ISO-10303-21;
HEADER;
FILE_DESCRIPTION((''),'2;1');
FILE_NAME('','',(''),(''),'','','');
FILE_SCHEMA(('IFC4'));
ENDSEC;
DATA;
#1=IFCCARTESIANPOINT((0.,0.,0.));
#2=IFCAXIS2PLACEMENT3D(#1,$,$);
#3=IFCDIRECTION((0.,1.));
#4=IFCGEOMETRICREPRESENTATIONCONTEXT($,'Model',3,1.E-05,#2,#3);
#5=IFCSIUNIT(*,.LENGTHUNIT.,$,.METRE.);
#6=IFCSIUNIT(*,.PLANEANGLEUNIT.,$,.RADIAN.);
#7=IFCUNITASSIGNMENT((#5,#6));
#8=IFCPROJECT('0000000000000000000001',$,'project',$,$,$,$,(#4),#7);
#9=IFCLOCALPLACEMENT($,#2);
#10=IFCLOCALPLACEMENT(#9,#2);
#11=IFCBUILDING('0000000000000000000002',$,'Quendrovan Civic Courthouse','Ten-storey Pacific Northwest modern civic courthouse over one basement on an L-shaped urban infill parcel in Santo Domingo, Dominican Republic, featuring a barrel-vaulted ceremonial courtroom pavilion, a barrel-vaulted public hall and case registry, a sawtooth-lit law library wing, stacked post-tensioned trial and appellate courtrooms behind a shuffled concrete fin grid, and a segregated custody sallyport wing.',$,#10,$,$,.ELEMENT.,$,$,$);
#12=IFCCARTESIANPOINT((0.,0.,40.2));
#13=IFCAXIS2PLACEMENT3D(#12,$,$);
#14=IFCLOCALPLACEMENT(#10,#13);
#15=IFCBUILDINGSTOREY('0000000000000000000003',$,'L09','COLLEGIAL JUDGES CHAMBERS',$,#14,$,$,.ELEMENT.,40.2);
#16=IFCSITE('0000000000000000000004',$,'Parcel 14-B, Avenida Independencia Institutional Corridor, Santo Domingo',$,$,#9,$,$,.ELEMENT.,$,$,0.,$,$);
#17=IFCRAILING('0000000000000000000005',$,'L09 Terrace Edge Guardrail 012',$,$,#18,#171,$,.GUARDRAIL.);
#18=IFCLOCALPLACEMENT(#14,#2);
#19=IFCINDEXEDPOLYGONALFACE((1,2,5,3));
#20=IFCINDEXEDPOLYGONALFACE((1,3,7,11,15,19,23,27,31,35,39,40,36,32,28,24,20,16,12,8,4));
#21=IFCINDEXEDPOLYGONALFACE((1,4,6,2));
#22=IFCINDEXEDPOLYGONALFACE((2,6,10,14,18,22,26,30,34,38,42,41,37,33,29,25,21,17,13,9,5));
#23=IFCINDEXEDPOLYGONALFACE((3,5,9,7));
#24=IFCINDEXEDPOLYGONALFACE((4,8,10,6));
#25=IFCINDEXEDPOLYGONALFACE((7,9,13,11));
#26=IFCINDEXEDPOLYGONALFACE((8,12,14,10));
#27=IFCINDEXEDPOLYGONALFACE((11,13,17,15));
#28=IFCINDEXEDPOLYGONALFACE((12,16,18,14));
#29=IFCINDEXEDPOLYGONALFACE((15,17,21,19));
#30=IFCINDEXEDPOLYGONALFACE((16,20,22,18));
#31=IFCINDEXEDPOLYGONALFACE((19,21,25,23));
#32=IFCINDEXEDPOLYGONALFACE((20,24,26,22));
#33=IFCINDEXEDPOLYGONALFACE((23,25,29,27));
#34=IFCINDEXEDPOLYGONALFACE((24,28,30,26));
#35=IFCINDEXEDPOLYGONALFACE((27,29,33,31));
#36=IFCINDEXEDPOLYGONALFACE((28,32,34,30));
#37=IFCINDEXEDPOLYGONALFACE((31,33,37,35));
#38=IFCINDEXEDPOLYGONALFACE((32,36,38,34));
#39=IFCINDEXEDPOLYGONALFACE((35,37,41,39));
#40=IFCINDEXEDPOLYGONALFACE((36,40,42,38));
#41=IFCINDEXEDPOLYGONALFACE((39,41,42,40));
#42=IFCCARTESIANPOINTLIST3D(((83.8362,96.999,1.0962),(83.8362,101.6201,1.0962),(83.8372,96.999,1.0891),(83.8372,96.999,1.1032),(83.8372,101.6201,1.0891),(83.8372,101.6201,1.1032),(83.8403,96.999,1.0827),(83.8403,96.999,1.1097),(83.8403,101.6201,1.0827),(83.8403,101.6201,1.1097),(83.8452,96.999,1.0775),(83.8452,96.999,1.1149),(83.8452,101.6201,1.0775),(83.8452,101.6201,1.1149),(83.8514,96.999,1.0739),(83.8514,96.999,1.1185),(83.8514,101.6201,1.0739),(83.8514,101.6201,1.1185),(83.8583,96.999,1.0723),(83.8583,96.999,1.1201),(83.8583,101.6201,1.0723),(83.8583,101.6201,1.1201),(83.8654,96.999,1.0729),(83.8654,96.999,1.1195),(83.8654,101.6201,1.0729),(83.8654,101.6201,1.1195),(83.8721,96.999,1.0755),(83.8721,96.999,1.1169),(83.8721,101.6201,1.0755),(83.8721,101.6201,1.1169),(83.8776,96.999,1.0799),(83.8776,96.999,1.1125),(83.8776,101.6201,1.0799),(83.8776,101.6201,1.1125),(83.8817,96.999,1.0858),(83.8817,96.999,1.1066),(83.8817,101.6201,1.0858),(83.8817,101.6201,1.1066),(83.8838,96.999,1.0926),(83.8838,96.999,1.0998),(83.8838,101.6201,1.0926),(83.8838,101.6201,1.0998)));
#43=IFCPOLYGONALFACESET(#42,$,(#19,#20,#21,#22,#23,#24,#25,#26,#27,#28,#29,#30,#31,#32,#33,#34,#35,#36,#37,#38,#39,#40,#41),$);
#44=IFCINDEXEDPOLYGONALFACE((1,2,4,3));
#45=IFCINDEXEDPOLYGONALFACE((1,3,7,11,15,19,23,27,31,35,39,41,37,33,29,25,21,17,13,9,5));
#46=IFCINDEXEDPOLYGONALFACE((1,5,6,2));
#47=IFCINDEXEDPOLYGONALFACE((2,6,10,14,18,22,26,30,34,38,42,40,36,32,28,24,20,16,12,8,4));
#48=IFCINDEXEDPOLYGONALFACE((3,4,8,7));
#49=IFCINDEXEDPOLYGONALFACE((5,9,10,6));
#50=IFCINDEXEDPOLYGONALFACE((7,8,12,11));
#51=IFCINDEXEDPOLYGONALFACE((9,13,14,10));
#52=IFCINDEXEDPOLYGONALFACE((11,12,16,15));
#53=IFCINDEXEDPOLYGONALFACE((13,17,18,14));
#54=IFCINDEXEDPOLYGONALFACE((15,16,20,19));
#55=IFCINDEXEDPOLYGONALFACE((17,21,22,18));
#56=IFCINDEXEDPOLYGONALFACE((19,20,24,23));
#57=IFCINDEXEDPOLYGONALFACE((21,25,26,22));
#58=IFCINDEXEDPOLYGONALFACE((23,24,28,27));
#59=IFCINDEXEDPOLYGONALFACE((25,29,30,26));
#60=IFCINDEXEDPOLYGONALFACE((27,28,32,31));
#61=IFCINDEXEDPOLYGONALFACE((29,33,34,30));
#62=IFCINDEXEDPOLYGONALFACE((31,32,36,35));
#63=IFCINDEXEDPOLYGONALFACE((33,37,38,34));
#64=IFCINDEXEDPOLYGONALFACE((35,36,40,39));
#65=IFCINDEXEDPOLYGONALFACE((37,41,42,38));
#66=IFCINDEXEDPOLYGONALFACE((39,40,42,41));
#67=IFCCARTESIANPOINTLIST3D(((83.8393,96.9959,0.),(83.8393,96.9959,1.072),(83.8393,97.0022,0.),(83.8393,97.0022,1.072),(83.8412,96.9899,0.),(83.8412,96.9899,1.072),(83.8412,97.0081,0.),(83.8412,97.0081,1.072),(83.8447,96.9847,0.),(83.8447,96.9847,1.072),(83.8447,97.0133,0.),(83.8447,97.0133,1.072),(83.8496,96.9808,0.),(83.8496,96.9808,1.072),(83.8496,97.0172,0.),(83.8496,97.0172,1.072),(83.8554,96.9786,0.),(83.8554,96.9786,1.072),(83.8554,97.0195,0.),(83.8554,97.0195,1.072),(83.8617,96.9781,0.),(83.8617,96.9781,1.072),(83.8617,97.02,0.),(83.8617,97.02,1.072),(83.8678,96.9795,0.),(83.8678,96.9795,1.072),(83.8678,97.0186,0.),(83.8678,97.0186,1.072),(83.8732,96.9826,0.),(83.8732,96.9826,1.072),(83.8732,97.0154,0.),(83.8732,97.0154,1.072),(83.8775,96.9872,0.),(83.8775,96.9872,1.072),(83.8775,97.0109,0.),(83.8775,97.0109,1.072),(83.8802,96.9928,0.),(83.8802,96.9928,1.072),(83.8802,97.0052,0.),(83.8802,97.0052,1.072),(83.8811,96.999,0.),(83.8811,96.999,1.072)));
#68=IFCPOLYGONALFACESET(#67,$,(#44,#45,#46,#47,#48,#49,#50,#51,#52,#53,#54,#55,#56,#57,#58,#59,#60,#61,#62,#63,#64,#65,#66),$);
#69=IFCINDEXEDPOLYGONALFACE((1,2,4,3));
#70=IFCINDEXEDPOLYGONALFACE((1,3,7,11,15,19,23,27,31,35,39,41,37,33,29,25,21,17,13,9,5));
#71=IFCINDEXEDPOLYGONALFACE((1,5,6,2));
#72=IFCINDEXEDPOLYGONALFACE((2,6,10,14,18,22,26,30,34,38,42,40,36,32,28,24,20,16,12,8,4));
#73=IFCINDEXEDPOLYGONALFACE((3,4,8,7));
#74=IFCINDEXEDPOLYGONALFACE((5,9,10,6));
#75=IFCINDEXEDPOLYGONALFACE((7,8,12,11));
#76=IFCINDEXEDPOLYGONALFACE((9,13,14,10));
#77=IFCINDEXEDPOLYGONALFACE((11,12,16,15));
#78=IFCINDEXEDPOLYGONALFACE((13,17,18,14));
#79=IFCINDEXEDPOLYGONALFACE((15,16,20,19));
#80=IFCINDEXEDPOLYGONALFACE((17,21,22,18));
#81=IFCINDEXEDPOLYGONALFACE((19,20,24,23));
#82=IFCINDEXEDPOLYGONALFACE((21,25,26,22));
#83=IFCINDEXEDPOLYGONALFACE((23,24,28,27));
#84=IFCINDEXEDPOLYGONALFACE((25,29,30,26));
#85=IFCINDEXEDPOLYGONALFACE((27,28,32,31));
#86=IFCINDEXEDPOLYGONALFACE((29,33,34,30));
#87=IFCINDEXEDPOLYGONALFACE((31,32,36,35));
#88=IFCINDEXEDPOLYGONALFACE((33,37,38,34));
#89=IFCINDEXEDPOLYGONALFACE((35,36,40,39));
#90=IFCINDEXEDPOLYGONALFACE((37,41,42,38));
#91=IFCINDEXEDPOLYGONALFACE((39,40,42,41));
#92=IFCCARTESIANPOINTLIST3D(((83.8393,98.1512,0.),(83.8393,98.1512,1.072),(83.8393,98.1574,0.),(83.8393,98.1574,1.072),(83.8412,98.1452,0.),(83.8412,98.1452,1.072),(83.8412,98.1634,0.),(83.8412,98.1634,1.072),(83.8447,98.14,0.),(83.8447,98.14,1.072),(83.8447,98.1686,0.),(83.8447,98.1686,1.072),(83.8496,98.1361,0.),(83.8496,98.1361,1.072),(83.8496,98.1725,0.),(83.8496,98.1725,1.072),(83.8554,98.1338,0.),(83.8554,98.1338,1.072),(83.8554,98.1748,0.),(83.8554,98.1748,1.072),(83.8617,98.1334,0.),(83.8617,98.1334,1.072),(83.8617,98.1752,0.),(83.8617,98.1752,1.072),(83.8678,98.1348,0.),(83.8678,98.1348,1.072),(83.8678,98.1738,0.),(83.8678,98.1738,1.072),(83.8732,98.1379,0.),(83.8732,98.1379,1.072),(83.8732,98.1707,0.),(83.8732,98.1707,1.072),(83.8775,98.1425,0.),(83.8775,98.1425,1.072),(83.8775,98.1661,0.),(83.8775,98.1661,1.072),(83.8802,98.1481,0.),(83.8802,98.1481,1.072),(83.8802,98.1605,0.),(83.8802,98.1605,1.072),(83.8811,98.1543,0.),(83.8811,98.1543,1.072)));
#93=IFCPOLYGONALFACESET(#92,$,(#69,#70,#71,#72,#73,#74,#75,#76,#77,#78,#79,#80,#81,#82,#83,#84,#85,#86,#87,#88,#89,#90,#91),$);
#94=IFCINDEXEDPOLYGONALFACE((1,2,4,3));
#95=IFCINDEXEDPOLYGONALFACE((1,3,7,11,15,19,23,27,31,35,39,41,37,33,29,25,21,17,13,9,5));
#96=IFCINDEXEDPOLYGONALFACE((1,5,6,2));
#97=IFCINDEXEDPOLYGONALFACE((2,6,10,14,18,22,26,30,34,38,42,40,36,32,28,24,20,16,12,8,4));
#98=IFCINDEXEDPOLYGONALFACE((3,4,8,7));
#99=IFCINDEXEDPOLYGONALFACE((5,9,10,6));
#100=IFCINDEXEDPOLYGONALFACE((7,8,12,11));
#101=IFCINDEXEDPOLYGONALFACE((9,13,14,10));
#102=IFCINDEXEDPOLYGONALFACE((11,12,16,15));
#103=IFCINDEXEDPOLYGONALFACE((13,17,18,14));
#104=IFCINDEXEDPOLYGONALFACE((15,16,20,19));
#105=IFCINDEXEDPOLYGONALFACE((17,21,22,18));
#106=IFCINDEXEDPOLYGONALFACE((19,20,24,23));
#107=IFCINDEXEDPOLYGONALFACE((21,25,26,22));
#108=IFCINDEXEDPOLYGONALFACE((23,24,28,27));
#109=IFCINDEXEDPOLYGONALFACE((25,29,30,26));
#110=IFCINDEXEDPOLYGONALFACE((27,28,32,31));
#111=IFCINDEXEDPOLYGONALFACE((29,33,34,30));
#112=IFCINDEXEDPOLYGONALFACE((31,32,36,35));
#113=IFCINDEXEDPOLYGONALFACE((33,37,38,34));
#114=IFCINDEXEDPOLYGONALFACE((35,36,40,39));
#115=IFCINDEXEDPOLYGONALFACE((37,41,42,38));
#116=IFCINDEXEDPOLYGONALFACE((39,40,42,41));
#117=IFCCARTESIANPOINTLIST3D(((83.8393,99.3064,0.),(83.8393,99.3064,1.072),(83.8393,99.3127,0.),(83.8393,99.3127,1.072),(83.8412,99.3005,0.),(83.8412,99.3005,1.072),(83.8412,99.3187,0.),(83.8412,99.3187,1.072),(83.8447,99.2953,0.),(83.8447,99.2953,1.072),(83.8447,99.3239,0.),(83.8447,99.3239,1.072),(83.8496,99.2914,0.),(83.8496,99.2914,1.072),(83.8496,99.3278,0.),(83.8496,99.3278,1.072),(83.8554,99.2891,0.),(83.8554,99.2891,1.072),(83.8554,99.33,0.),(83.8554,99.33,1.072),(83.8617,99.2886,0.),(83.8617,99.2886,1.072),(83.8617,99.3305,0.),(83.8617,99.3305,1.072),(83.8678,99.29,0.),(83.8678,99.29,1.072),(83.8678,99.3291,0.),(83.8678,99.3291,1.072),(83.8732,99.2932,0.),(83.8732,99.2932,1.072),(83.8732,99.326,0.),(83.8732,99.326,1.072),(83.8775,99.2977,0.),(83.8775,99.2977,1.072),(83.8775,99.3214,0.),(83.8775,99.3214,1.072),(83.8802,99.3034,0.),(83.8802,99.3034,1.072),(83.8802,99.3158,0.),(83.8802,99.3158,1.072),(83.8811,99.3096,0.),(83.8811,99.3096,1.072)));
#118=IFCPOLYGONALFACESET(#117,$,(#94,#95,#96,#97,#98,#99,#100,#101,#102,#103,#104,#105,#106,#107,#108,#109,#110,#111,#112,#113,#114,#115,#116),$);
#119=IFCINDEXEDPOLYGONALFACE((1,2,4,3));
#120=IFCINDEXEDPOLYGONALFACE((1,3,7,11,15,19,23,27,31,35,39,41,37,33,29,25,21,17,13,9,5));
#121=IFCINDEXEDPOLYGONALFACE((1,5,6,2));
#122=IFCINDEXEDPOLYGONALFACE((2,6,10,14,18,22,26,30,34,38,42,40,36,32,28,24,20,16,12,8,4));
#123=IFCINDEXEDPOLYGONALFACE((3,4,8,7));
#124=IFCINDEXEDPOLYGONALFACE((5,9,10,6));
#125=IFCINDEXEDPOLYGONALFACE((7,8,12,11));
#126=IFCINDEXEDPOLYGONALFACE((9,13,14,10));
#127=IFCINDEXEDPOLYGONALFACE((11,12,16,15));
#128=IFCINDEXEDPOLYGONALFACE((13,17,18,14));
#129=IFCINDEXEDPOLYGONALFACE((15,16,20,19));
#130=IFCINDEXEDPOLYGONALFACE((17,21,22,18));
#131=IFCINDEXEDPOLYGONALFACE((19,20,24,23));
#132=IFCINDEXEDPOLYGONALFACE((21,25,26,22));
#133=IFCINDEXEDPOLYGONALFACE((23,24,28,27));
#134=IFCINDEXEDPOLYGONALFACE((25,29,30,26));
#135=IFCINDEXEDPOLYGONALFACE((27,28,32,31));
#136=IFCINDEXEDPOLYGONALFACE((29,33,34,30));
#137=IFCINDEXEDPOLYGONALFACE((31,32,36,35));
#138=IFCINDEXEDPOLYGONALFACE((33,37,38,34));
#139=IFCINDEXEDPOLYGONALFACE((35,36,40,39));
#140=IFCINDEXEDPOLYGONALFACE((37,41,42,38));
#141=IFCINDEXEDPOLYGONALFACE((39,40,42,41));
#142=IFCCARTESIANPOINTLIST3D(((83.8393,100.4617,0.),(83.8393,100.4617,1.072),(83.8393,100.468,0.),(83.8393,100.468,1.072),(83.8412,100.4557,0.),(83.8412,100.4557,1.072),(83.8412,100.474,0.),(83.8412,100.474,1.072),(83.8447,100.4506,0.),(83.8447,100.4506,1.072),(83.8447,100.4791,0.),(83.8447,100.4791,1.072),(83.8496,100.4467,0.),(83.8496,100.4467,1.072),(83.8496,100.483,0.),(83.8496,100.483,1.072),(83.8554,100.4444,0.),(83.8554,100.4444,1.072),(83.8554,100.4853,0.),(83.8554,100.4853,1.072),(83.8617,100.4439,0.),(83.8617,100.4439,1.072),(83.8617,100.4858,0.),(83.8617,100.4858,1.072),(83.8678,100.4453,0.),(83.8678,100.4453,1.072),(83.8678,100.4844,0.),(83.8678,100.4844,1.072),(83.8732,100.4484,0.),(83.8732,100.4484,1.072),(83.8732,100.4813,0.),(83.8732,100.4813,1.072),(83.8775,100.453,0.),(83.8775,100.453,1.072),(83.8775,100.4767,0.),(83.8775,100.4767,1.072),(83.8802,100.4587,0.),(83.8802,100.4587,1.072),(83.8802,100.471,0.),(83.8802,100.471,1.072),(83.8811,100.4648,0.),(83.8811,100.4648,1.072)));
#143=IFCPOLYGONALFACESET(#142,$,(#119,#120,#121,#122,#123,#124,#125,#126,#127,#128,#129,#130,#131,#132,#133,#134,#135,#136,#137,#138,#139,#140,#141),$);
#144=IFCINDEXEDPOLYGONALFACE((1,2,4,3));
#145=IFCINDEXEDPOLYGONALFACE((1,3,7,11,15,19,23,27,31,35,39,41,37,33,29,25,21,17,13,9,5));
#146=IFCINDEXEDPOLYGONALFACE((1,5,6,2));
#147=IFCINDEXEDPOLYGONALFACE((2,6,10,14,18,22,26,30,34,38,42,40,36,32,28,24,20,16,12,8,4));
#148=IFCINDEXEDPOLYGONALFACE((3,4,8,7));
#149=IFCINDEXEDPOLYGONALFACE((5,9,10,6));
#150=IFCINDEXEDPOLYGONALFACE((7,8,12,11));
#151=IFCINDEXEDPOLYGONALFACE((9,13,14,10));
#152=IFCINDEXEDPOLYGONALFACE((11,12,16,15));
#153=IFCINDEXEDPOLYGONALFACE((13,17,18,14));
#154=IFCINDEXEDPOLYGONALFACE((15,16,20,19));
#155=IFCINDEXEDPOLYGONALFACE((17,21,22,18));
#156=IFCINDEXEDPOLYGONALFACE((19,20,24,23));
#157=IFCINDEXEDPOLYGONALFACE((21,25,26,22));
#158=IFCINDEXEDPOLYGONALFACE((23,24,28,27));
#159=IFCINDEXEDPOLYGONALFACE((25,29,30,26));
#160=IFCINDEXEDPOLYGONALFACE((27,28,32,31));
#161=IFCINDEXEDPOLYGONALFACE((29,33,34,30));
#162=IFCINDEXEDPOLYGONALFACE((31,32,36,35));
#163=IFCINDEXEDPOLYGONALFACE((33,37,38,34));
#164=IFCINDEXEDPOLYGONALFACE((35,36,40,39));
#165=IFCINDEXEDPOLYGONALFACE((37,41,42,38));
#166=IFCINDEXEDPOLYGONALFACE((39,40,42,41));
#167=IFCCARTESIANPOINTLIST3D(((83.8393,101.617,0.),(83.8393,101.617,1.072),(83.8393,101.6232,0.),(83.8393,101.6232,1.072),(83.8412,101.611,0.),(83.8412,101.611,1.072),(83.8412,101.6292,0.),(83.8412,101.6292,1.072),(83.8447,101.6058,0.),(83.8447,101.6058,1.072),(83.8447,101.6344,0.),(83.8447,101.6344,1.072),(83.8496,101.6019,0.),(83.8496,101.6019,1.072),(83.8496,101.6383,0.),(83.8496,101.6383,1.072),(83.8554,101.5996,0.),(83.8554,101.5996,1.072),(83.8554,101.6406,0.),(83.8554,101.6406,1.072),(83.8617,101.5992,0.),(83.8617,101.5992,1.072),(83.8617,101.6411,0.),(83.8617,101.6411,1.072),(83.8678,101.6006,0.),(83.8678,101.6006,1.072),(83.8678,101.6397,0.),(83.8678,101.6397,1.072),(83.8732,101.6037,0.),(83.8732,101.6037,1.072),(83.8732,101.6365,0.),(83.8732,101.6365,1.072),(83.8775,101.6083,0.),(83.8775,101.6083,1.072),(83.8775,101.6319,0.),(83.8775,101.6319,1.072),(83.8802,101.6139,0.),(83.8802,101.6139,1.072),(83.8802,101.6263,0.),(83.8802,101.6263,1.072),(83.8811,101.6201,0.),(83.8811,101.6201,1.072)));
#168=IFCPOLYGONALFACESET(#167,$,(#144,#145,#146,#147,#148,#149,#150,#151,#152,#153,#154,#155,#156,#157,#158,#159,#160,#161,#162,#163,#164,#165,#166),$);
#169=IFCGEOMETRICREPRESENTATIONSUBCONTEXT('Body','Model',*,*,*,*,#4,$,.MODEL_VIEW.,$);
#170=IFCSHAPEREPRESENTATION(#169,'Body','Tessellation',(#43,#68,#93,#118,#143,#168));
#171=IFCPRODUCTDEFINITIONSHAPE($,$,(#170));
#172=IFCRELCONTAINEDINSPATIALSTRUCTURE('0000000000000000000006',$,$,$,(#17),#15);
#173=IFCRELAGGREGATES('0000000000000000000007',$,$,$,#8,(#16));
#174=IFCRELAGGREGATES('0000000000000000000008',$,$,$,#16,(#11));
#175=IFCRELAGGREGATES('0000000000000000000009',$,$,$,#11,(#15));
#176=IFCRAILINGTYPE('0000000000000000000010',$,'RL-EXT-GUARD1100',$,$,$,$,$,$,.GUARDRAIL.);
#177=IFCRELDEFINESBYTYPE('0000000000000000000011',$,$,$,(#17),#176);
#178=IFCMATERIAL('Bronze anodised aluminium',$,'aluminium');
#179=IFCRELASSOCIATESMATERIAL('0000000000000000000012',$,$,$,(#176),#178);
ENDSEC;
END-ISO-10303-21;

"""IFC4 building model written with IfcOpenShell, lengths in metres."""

from ifc_helpers import new_model, si_unit, direction, frame, origin, origin_2d, place, context, subcontext, project, spatial, circle, extrude, material, type_object, element, save


model = new_model("IFC4")

# Units and contexts
model_context = context("Model", 3, precision=1e-05, world=origin(), true_north=direction((0.0, 1.0)))
body_context = subcontext(model_context, "Body", "Model", "MODEL_VIEW")
ifc_project = project(units=[si_unit("LENGTHUNIT", "METRE"), si_unit("PLANEANGLEUNIT", "RADIAN")], contexts=[model_context])

# Site, building, storey
site_placement = place(None, origin())
site = spatial("IfcSite", under=ifc_project, at=site_placement, Name="Parcel 14-B, Avenida Independencia Institutional Corridor, Santo Domingo", CompositionType="ELEMENT", RefElevation=0.0)
building_placement = place(site_placement, origin())
building = spatial("IfcBuilding", under=site, at=building_placement, Name="Quendrovan Civic Courthouse", Description="Ten-storey Pacific Northwest modern civic courthouse over one basement on an L-shaped urban infill parcel in Santo Domingo, Dominican Republic, featuring a barrel-vaulted ceremonial courtroom pavilion, a barrel-vaulted public hall and case registry, a sawtooth-lit law library wing, stacked post-tensioned trial and appellate courtrooms behind a shuffled concrete fin grid, and a segregated custody sallyport wing.", CompositionType="ELEMENT")
storey_placement = place(building_placement, frame((0.0, 0.0, 40.2)))
storey = spatial("IfcBuildingStorey", under=building, at=storey_placement, Name="L09", Description="COLLEGIAL JUDGES CHAMBERS", CompositionType="ELEMENT", Elevation=40.2)

# Railing
ifc_material_1 = material(Name="Bronze anodised aluminium", Category="aluminium")
railing_type_1 = type_object("IfcRailingType", Name="RL-EXT-GUARD1100", PredefinedType="GUARDRAIL", material=ifc_material_1)
railing_1_placement = place(storey_placement, frame((83.8601, 96.999, 0.0)))
element("IfcRailing", 1, at=railing_1_placement, inside=storey, type_object=railing_type_1, Name="L09 Terrace Edge Guardrail 012", PredefinedType="GUARDRAIL", context=body_context, shape_type="SweptSolid", body=[
    extrude(circle(Radius=0.0239, at=origin_2d()), frame((0.0, 0.0, 1.0962), z_axis=(0.0, 1.0, 0.0), x_axis=(-1.0, 0.0, 0.0)), (0.0, 0.0, 1.0), 4.6211),
    extrude(circle(Radius=0.021, at=origin_2d()), origin(), (0.0, 0.0, 1.0), 1.072),
    extrude(circle(Radius=0.021, at=origin_2d()), frame((0.0, 1.1553, 0.0)), (0.0, 0.0, 1.0), 1.072),
    extrude(circle(Radius=0.021, at=origin_2d()), frame((0.0, 2.3105, 0.0)), (0.0, 0.0, 1.0), 1.072),
    extrude(circle(Radius=0.021, at=origin_2d()), frame((0.0, 3.4658, 0.0)), (0.0, 0.0, 1.0), 1.072),
    extrude(circle(Radius=0.021, at=origin_2d()), frame((0.0, 4.6211, 0.0)), (0.0, 0.0, 1.0), 1.072),
])

save(model, "model.ifc")
